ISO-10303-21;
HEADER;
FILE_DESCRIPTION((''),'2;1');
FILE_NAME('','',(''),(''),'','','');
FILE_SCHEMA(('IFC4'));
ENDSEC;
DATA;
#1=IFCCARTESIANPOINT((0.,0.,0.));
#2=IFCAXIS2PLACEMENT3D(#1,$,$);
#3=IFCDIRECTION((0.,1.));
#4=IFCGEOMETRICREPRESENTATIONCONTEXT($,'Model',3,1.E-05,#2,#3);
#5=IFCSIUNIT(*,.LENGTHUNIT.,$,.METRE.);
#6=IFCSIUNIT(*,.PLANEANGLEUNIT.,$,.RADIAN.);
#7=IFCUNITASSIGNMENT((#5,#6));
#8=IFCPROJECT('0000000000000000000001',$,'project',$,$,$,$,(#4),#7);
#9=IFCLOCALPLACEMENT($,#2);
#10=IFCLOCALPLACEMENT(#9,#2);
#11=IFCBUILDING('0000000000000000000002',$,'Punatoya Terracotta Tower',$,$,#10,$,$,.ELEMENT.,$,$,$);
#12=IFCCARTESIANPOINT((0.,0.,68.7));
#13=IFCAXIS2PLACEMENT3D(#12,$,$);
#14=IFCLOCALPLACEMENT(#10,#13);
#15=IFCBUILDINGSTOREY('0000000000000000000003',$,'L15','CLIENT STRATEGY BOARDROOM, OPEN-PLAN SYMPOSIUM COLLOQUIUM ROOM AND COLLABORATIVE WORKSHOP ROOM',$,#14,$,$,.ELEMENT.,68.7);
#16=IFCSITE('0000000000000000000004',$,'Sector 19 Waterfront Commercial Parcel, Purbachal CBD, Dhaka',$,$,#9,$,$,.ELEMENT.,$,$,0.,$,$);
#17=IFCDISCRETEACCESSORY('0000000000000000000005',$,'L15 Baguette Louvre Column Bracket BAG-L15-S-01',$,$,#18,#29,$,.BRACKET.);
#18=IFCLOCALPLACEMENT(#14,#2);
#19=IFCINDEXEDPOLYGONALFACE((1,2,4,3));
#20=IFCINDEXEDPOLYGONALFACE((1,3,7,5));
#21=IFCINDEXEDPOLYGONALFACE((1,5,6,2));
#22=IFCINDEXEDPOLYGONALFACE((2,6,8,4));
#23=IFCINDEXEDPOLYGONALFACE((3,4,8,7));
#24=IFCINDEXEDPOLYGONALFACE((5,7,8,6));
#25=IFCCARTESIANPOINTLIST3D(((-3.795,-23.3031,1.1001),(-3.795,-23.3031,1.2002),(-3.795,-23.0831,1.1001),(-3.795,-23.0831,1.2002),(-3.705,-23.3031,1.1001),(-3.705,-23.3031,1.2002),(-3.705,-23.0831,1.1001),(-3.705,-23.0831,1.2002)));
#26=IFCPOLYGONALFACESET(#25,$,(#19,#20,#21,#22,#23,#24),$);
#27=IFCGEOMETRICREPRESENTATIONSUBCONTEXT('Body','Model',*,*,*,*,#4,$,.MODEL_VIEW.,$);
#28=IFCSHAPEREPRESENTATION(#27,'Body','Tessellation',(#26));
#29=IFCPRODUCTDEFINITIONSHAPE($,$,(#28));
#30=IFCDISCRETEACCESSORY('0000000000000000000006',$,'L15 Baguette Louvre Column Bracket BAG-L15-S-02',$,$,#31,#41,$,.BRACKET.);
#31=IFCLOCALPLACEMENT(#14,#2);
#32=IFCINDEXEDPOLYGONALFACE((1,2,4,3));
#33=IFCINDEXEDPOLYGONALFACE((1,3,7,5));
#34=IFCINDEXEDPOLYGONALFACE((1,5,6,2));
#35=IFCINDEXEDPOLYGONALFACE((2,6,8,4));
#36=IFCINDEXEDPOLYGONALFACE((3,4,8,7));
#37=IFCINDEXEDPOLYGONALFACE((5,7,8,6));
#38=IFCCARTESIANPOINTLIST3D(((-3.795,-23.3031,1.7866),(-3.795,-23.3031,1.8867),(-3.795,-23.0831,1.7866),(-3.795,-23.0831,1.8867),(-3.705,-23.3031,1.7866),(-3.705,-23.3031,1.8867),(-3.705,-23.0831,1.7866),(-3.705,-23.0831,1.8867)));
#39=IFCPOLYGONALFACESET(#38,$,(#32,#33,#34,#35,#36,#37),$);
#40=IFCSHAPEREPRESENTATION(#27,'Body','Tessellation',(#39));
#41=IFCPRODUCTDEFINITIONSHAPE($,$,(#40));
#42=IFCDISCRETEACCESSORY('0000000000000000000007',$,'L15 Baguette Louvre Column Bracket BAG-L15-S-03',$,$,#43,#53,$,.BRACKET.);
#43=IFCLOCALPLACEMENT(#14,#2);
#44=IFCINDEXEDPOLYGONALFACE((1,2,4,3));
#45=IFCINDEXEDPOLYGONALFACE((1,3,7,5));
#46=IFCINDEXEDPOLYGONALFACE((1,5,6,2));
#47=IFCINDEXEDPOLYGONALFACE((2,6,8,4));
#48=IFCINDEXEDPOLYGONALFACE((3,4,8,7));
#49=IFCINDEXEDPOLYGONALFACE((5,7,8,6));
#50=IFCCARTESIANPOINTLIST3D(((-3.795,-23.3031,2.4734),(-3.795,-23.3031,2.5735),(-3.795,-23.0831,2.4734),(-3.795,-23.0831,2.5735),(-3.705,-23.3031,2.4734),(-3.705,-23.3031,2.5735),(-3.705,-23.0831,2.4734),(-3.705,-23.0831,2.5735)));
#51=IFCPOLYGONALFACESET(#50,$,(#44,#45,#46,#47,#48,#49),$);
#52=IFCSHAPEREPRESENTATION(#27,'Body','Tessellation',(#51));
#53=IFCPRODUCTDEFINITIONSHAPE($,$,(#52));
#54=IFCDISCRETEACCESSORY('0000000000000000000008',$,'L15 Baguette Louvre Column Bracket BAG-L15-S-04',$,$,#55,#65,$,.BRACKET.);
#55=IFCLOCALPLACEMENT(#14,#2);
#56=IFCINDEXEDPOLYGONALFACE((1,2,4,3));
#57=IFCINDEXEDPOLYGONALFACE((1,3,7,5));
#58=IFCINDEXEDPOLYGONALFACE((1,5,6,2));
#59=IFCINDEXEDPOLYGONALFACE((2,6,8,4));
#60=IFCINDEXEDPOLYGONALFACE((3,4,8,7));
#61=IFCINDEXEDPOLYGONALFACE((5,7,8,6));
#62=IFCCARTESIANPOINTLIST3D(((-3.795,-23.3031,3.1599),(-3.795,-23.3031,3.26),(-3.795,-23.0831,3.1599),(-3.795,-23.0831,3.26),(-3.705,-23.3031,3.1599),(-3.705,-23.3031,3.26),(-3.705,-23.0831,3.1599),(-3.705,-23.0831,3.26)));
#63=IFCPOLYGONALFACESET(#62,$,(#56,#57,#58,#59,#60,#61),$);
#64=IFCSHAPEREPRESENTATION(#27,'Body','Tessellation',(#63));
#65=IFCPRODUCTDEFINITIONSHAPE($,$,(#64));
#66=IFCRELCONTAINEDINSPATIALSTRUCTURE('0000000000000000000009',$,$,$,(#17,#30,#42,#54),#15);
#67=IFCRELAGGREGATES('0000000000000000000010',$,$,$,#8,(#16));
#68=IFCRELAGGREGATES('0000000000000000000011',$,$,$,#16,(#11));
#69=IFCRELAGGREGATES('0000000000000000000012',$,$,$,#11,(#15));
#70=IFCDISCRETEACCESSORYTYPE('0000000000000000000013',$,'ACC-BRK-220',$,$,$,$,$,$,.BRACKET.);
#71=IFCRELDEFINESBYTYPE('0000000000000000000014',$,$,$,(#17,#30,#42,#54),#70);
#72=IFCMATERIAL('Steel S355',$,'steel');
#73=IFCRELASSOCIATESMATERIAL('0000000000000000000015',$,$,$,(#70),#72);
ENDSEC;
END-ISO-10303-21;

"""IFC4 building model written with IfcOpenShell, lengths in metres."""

from ifc_helpers import new_model, si_unit, direction, frame, origin, origin_2d, place, context, subcontext, project, spatial, rectangle, extrude, material, type_object, element, save


model = new_model("IFC4")

# Units and contexts
model_context = context("Model", 3, precision=1e-05, world=origin(), true_north=direction((0.0, 1.0)))
body_context = subcontext(model_context, "Body", "Model", "MODEL_VIEW")
ifc_project = project(units=[si_unit("LENGTHUNIT", "METRE"), si_unit("PLANEANGLEUNIT", "RADIAN")], contexts=[model_context])

# Site, building, storey
site_placement = place(None, origin())
site = spatial("IfcSite", under=ifc_project, at=site_placement, Name="Sector 19 Waterfront Commercial Parcel, Purbachal CBD, Dhaka", CompositionType="ELEMENT", RefElevation=0.0)
building_placement = place(site_placement, origin())
building = spatial("IfcBuilding", under=site, at=building_placement, Name="Punatoya Terracotta Tower", CompositionType="ELEMENT")
storey_placement = place(building_placement, frame((0.0, 0.0, 68.7)))
storey = spatial("IfcBuildingStorey", under=building, at=storey_placement, Name="L15", Description="CLIENT STRATEGY BOARDROOM, OPEN-PLAN SYMPOSIUM COLLOQUIUM ROOM AND COLLABORATIVE WORKSHOP ROOM", CompositionType="ELEMENT", Elevation=68.7)

# Shared definitions
ifc_material_1 = material(Name="Steel S355", Category="steel")

# Discrete accessories
discrete_accessory_type = type_object("IfcDiscreteAccessoryType", Name="ACC-BRK-220", PredefinedType="BRACKET", material=ifc_material_1)
for number, where, z_axis, x_axis, name in (
    (1, (-3.75, -23.1931, 1.1001), (0.0, 0.0, 1.0), (1.0, 0.0, 0.0), "L15 Baguette Louvre Column Bracket BAG-L15-S-01"),
    (2, (-3.75, -23.1931, 1.7866), (0.0, 0.0, 1.0), (1.0, 0.0, 0.0), "L15 Baguette Louvre Column Bracket BAG-L15-S-02"),
    (3, (-3.75, -23.1931, 2.4734), (0.0, 0.0, 1.0), (1.0, 0.0, 0.0), "L15 Baguette Louvre Column Bracket BAG-L15-S-03"),
    (4, (-3.75, -23.1931, 3.1599), (0.0, 0.0, 1.0), (1.0, 0.0, 0.0), "L15 Baguette Louvre Column Bracket BAG-L15-S-04"),
):
    element("IfcDiscreteAccessory", number, at=place(storey_placement, frame(where, z_axis=z_axis, x_axis=x_axis)), inside=storey, type_object=discrete_accessory_type, Name=name, PredefinedType="BRACKET", context=body_context, shape_type="SweptSolid", body=[
        extrude(rectangle(XDim=0.0901, YDim=0.22, at=origin_2d()), origin(), (0.0, 0.0, 1.0), 0.1001),
    ])

save(model, "model.ifc")
